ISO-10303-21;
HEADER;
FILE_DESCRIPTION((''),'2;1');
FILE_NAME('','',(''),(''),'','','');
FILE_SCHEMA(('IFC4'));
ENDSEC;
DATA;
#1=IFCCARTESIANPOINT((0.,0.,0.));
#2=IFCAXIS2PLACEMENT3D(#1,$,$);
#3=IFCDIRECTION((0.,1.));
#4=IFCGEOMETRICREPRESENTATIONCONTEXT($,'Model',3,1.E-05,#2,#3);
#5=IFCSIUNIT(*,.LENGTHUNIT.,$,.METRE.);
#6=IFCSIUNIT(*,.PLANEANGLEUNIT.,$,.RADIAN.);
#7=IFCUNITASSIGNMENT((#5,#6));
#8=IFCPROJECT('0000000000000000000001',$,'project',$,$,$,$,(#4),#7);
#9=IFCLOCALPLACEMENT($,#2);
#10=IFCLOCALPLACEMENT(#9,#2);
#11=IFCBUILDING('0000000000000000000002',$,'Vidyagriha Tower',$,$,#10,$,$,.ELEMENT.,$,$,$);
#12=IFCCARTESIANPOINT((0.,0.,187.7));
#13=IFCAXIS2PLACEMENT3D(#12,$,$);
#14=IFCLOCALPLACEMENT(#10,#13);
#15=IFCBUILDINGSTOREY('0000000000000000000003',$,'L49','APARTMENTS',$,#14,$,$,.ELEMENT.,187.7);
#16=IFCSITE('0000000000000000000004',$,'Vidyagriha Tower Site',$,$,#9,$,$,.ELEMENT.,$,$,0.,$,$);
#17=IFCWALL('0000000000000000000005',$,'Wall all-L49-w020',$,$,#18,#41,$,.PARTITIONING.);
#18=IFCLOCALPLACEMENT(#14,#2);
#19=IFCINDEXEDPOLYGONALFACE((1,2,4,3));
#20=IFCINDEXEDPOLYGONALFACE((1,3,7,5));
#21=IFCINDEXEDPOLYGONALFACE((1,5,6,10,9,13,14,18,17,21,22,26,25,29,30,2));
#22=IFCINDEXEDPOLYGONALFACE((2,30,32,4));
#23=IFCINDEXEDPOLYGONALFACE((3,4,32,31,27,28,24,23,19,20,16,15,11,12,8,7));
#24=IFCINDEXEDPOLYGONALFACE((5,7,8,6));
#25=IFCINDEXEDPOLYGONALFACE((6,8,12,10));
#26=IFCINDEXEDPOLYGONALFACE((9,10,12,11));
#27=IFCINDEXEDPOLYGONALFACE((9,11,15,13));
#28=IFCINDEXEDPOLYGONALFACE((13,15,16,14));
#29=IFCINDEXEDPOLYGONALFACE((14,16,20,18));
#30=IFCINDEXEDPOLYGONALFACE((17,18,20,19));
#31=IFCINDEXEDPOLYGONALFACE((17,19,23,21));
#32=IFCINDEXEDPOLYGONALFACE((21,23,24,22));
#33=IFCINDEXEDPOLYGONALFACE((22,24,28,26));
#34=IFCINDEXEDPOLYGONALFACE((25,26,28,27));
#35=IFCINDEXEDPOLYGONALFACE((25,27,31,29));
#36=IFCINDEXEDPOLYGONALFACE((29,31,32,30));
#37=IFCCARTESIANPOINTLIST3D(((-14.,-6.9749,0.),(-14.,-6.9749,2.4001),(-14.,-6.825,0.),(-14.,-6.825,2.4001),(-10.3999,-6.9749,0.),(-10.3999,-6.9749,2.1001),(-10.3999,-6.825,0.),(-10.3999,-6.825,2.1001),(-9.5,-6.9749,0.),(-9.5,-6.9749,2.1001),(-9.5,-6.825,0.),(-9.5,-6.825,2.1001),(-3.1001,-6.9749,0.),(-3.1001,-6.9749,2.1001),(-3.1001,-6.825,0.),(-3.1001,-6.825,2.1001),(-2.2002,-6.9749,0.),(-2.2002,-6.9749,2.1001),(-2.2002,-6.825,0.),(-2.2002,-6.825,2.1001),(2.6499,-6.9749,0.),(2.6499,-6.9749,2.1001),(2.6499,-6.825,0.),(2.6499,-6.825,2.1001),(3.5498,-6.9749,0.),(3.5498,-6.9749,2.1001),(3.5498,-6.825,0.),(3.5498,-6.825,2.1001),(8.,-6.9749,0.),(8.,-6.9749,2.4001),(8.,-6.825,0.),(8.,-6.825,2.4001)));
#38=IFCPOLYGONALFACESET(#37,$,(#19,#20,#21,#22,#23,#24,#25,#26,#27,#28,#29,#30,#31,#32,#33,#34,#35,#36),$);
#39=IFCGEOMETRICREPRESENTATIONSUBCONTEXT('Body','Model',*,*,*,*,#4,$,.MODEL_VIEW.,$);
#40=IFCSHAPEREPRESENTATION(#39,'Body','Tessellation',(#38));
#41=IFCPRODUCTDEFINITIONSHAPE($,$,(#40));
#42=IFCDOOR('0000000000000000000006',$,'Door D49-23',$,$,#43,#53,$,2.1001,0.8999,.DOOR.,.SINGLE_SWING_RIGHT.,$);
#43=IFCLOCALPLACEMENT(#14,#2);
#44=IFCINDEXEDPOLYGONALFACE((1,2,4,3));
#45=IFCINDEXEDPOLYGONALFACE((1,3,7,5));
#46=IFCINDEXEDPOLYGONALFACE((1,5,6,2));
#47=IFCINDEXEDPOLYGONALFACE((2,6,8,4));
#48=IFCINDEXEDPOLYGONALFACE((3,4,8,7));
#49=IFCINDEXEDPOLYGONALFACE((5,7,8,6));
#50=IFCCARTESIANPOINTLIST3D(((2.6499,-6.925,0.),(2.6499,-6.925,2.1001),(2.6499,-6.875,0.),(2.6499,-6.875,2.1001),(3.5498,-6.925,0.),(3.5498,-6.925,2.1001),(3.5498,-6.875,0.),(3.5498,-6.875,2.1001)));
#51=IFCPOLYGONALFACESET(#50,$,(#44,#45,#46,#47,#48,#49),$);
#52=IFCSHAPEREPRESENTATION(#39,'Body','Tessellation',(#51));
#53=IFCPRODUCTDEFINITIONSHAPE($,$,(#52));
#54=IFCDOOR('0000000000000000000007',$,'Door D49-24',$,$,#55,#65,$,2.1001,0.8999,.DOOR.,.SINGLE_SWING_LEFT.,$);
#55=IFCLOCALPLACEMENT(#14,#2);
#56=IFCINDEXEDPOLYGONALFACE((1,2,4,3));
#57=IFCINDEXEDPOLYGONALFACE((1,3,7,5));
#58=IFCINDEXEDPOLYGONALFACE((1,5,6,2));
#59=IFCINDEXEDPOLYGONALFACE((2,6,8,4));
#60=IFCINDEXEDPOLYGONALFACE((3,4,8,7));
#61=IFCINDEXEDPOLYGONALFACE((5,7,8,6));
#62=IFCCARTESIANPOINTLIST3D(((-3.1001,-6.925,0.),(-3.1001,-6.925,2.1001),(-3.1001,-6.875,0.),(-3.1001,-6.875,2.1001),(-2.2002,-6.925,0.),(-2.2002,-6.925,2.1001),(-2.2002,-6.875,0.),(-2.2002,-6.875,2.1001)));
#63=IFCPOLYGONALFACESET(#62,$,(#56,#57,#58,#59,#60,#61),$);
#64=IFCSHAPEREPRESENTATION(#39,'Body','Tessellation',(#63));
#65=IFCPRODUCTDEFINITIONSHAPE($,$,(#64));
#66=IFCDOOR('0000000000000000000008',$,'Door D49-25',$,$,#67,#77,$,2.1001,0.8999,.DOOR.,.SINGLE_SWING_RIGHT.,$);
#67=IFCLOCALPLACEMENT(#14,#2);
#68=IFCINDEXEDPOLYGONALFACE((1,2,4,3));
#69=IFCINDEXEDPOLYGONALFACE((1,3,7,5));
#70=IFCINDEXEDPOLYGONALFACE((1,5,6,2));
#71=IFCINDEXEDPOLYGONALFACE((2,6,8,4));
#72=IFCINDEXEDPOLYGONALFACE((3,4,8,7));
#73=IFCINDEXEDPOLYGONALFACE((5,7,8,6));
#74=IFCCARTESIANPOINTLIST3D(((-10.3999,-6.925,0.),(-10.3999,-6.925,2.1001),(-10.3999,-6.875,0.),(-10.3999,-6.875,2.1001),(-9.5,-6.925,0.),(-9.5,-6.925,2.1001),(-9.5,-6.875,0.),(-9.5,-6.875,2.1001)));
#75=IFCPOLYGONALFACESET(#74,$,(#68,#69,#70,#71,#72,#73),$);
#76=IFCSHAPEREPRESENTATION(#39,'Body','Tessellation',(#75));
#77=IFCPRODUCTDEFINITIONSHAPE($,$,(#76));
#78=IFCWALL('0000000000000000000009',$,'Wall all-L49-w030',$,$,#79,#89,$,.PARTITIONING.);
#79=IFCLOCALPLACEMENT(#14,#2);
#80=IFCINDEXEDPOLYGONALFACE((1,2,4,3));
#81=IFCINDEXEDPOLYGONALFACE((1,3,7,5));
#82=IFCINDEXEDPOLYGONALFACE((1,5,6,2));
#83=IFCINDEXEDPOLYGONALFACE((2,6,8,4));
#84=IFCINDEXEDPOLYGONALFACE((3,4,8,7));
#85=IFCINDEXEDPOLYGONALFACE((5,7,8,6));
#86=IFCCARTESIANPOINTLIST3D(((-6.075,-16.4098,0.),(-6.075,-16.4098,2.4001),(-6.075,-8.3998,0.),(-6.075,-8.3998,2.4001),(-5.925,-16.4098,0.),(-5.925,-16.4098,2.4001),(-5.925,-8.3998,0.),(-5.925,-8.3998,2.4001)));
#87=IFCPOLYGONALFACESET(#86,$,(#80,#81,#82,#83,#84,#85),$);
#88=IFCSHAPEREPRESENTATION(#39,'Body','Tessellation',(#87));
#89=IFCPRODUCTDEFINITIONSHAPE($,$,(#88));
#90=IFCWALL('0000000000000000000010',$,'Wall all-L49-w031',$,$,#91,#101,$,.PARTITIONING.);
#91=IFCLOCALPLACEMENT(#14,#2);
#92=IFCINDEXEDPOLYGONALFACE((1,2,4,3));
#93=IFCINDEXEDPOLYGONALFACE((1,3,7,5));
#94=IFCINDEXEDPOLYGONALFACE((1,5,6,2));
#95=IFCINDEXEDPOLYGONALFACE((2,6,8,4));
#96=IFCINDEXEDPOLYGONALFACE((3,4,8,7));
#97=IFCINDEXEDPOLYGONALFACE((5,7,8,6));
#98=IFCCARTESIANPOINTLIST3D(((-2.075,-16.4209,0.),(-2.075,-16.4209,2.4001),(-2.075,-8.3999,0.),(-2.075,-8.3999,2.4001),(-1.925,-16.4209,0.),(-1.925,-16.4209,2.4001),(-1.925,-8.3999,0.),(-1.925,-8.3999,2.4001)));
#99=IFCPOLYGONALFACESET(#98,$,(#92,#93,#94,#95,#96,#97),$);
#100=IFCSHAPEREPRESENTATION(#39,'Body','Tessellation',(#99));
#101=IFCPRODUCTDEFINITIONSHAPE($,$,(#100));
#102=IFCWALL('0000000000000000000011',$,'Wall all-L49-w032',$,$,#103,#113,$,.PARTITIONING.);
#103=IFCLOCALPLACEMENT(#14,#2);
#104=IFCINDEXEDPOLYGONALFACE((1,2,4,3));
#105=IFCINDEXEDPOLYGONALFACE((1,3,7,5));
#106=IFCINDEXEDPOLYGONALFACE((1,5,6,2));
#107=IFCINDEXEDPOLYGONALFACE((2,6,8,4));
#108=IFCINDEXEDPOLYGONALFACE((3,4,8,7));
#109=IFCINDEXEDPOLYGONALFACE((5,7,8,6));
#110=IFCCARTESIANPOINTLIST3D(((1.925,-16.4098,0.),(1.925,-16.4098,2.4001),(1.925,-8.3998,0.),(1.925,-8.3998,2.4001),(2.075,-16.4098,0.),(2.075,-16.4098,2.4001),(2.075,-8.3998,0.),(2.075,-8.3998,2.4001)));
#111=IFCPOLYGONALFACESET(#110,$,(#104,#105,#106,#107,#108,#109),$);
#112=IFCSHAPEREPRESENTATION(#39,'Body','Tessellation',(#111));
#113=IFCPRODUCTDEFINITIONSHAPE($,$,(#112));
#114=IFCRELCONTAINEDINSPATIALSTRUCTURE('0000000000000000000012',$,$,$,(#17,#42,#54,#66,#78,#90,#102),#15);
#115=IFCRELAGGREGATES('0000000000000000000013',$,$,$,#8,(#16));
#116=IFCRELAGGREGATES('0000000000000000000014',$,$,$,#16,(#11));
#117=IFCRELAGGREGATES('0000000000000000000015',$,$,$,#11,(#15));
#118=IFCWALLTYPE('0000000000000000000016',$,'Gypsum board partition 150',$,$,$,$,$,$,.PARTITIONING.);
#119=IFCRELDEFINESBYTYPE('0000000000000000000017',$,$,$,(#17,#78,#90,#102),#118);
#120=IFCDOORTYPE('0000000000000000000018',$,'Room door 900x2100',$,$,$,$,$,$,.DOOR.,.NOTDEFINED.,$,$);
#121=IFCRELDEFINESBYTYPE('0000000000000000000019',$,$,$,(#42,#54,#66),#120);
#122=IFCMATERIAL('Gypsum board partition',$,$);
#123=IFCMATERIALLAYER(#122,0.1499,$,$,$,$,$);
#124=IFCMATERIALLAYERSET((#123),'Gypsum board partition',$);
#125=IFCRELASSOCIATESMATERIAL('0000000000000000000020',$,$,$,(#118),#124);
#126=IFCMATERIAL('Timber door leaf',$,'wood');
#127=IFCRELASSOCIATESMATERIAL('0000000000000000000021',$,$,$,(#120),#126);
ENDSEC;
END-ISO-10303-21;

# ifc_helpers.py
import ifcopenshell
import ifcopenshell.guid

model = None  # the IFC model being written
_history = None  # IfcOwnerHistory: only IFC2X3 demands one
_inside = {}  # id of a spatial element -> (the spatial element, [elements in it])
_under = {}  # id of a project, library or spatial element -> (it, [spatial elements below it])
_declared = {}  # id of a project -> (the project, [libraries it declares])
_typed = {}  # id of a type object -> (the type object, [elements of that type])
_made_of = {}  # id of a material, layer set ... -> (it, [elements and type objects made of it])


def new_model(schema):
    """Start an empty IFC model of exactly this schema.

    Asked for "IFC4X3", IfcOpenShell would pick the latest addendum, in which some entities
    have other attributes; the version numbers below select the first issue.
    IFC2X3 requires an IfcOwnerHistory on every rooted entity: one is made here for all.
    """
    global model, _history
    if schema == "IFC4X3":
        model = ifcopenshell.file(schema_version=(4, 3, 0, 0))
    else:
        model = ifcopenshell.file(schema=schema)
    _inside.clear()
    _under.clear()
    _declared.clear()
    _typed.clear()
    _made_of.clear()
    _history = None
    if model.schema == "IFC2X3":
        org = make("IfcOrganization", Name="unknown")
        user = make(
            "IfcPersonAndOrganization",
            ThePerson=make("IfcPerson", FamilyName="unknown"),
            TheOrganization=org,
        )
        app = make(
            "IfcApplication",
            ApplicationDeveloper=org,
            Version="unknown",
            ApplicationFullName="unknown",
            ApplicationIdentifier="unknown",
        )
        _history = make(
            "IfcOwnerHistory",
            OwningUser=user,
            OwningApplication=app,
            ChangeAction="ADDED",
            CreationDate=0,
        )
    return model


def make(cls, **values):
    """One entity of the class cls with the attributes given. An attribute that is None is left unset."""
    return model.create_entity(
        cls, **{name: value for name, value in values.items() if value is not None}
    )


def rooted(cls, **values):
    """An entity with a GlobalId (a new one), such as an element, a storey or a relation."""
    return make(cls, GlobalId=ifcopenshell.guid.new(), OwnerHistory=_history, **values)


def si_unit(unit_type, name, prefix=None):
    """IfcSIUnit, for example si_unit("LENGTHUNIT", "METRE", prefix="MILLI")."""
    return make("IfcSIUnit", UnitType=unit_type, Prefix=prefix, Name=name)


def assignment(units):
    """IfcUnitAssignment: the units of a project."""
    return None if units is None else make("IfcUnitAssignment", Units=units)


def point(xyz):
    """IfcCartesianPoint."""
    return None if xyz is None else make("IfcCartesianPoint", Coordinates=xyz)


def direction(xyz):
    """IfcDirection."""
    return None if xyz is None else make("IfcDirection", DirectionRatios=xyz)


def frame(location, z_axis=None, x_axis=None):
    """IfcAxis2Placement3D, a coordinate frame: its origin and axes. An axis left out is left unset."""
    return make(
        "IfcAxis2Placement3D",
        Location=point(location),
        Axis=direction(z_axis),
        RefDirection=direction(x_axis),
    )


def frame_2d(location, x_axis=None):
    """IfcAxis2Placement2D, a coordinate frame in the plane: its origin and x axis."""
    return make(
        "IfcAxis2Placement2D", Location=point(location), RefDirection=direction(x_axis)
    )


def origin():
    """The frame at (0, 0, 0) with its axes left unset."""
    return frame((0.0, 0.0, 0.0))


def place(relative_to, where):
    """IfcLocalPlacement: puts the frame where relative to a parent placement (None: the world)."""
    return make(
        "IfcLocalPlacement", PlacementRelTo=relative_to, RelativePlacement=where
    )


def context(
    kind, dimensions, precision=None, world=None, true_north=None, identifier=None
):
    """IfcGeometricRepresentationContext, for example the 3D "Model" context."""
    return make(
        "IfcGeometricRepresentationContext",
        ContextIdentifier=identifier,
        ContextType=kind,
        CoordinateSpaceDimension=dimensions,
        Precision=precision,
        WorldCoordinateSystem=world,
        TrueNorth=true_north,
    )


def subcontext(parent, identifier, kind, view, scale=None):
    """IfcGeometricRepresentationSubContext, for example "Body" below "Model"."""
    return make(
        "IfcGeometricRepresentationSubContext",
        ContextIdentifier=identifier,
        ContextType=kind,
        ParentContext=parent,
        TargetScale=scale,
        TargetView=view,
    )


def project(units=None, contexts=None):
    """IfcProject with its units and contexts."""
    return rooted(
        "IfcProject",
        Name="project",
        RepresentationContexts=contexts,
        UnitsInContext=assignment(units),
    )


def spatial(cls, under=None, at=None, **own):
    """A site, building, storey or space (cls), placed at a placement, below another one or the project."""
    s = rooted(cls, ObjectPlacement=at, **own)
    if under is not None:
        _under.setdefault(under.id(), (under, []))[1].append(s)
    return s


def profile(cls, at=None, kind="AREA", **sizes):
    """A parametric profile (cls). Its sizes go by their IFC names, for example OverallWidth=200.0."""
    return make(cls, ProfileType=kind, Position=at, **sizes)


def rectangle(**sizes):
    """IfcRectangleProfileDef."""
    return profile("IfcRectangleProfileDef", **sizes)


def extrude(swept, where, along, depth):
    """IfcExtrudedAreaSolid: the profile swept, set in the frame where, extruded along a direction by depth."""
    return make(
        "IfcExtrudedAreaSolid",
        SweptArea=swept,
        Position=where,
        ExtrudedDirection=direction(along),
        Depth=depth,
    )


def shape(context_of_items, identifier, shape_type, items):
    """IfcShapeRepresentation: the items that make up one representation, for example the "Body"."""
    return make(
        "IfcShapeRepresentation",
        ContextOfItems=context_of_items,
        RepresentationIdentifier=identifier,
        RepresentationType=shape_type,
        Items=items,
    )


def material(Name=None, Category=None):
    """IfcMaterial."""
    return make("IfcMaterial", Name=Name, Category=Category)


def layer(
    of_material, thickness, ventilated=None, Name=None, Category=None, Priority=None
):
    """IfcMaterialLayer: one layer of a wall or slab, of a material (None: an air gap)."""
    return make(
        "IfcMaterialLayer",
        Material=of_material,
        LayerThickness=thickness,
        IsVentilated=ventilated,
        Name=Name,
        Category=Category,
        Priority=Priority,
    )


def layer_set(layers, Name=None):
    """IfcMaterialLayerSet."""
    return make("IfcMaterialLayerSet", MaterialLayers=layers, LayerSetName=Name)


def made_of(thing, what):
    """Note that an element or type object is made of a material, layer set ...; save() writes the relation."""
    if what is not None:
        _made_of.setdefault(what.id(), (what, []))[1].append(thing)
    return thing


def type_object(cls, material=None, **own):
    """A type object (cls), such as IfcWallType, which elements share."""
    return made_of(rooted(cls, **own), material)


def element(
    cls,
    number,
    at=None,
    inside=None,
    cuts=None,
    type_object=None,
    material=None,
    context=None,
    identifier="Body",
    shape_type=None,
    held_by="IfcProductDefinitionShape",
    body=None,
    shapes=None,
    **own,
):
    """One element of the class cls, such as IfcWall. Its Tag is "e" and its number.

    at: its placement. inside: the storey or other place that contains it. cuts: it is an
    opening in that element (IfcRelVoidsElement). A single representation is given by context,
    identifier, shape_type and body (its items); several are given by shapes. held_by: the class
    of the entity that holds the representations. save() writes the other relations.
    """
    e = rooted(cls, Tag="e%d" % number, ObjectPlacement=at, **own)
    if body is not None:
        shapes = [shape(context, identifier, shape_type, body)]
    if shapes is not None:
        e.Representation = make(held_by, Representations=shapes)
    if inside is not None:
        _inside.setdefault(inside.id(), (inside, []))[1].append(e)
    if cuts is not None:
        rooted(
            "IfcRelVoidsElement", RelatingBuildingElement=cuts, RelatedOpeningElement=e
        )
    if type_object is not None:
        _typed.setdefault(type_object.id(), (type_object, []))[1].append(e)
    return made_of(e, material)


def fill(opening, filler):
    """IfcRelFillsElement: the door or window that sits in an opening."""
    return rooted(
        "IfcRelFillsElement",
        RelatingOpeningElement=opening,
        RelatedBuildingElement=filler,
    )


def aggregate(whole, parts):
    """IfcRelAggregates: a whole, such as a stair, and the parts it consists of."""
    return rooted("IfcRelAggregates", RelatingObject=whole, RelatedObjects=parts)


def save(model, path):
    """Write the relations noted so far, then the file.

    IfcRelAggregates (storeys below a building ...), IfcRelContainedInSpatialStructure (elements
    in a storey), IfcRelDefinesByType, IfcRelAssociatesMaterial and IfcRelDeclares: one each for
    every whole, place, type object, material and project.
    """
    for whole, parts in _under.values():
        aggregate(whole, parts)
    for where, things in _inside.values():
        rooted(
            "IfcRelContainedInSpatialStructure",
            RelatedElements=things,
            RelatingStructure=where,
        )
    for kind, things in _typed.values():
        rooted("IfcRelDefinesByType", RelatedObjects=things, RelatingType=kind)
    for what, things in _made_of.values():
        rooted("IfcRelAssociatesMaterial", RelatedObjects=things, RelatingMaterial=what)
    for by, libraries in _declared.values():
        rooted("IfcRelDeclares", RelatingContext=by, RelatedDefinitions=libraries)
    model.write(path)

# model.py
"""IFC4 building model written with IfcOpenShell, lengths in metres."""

from ifc_helpers import new_model, si_unit, direction, frame, frame_2d, origin, place, context, subcontext, project, spatial, rectangle, extrude, material, layer, layer_set, type_object, element, fill, save


model = new_model("IFC4")

# Units and contexts
model_context = context("Model", 3, precision=1e-05, world=origin(), true_north=direction((0.0, 1.0)))
body_context = subcontext(model_context, "Body", "Model", "MODEL_VIEW")
ifc_project = project(units=[si_unit("LENGTHUNIT", "METRE"), si_unit("PLANEANGLEUNIT", "RADIAN")], contexts=[model_context])

# Site, building, storey
site_placement = place(None, origin())
site = spatial("IfcSite", under=ifc_project, at=site_placement, Name="Vidyagriha Tower Site", CompositionType="ELEMENT", RefElevation=0.0)
building_placement = place(site_placement, origin())
building = spatial("IfcBuilding", under=site, at=building_placement, Name="Vidyagriha Tower", CompositionType="ELEMENT")
storey_placement = place(building_placement, frame((0.0, 0.0, 187.7)))
storey = spatial("IfcBuildingStorey", under=building, at=storey_placement, Name="L49", Description="APARTMENTS", CompositionType="ELEMENT", Elevation=187.7)

# Shared definitions
ifc_material_1 = material(Name="Gypsum board partition")
ifc_layer_1 = layer(ifc_material_1, 0.1499)
ifc_layer_set_1 = layer_set([ifc_layer_1], Name="Gypsum board partition")
wall_type_1 = type_object("IfcWallType", Name="Gypsum board partition 150", PredefinedType="PARTITIONING", material=ifc_layer_set_1)

# Wall, openings, doors
wall_1_placement = place(storey_placement, frame((-14.0, -6.8999, 0.0)))
wall_1 = element("IfcWall", 1, at=wall_1_placement, inside=storey, type_object=wall_type_1, Name="Wall all-L49-w020", PredefinedType="PARTITIONING", context=body_context, shape_type="SweptSolid", body=[
    extrude(rectangle(XDim=22.0, YDim=0.1499, at=frame_2d((11.0, 0.0))), origin(), (0.0, 0.0, 1.0), 2.4001),
])
opening_1_placement = place(wall_1_placement, frame((16.6499, 0.0, 0.0)))
opening_1 = element("IfcOpeningElement", 2, at=opening_1_placement, cuts=wall_1, PredefinedType="OPENING", context=body_context, shape_type="SweptSolid", body=[
    extrude(rectangle(XDim=0.8999, YDim=2.1001, at=frame_2d((0.45, 1.05))), frame((0.0, 0.085, 0.0), z_axis=(0.0, -1.0, 0.0), x_axis=(1.0, 0.0, 0.0)), (0.0, 0.0, 1.0), 0.1699),
])
opening_2_placement = place(wall_1_placement, frame((10.8999, 0.0, 0.0)))
opening_2 = element("IfcOpeningElement", 3, at=opening_2_placement, cuts=wall_1, PredefinedType="OPENING", context=body_context, shape_type="SweptSolid", body=[
    extrude(rectangle(XDim=0.8999, YDim=2.1001, at=frame_2d((0.45, 1.05))), frame((0.0, 0.085, 0.0), z_axis=(0.0, -1.0, 0.0), x_axis=(1.0, 0.0, 0.0)), (0.0, 0.0, 1.0), 0.1699),
])
opening_3_placement = place(wall_1_placement, frame((3.6001, 0.0, 0.0)))
opening_3 = element("IfcOpeningElement", 4, at=opening_3_placement, cuts=wall_1, PredefinedType="OPENING", context=body_context, shape_type="SweptSolid", body=[
    extrude(rectangle(XDim=0.8999, YDim=2.1001, at=frame_2d((0.45, 1.05))), frame((0.0, 0.085, 0.0), z_axis=(0.0, -1.0, 0.0), x_axis=(1.0, 0.0, 0.0)), (0.0, 0.0, 1.0), 0.1699),
])
ifc_material_2 = material(Name="Timber door leaf", Category="wood")
door_type_1 = type_object("IfcDoorType", Name="Room door 900x2100", OperationType="NOTDEFINED", PredefinedType="DOOR", material=ifc_material_2)
door_1_placement = place(opening_1_placement, origin())
door_1 = element("IfcDoor", 5, at=door_1_placement, inside=storey, type_object=door_type_1, Name="Door D49-23", OperationType="SINGLE_SWING_RIGHT", OverallHeight=2.1001, OverallWidth=0.8999, PredefinedType="DOOR", context=body_context, shape_type="SweptSolid", body=[
    extrude(rectangle(XDim=0.8999, YDim=2.1001, at=frame_2d((0.45, 1.05))), frame((0.0, 0.0249, 0.0), z_axis=(0.0, -1.0, 0.0), x_axis=(1.0, 0.0, 0.0)), (0.0, 0.0, 1.0), 0.05),
])
fill(opening_1, door_1)
door_2_placement = place(opening_2_placement, origin())
door_2 = element("IfcDoor", 6, at=door_2_placement, inside=storey, type_object=door_type_1, Name="Door D49-24", OperationType="SINGLE_SWING_LEFT", OverallHeight=2.1001, OverallWidth=0.8999, PredefinedType="DOOR", context=body_context, shape_type="SweptSolid", body=[
    extrude(rectangle(XDim=0.8999, YDim=2.1001, at=frame_2d((0.45, 1.05))), frame((0.0, 0.0249, 0.0), z_axis=(0.0, -1.0, 0.0), x_axis=(1.0, 0.0, 0.0)), (0.0, 0.0, 1.0), 0.05),
])
fill(opening_2, door_2)
door_3_placement = place(opening_3_placement, origin())
door_3 = element("IfcDoor", 7, at=door_3_placement, inside=storey, type_object=door_type_1, Name="Door D49-25", OperationType="SINGLE_SWING_RIGHT", OverallHeight=2.1001, OverallWidth=0.8999, PredefinedType="DOOR", context=body_context, shape_type="SweptSolid", body=[
    extrude(rectangle(XDim=0.8999, YDim=2.1001, at=frame_2d((0.45, 1.05))), frame((0.0, 0.0249, 0.0), z_axis=(0.0, -1.0, 0.0), x_axis=(1.0, 0.0, 0.0)), (0.0, 0.0, 1.0), 0.05),
])
fill(opening_3, door_3)

# Walls
wall_2_placement = place(storey_placement, frame((-6.0, -8.3999, 0.0), z_axis=(0.0, 0.0, 1.0), x_axis=(0.0, -1.0, 0.0)))
element("IfcWall", 8, at=wall_2_placement, inside=storey, type_object=wall_type_1, Name="Wall all-L49-w030", PredefinedType="PARTITIONING", context=body_context, shape_type="SweptSolid", body=[
    extrude(rectangle(XDim=8.01, YDim=0.1499, at=frame_2d((4.0049, 0.0))), origin(), (0.0, 0.0, 1.0), 2.4001),
])
wall_3_placement = place(storey_placement, frame((-2.0, -8.3999, 0.0), z_axis=(0.0, 0.0, 1.0), x_axis=(0.0, -1.0, 0.0)))
element("IfcWall", 9, at=wall_3_placement, inside=storey, type_object=wall_type_1, Name="Wall all-L49-w031", PredefinedType="PARTITIONING", context=body_context, shape_type="SweptSolid", body=[
    extrude(rectangle(XDim=8.021, YDim=0.1499, at=frame_2d((4.0105, 0.0))), origin(), (0.0, 0.0, 1.0), 2.4001),
])
wall_4_placement = place(storey_placement, frame((2.0, -8.3999, 0.0), z_axis=(0.0, 0.0, 1.0), x_axis=(0.0, -1.0, 0.0)))
element("IfcWall", 10, at=wall_4_placement, inside=storey, type_object=wall_type_1, Name="Wall all-L49-w032", PredefinedType="PARTITIONING", context=body_context, shape_type="SweptSolid", body=[
    extrude(rectangle(XDim=8.01, YDim=0.1499, at=frame_2d((4.0049, 0.0))), origin(), (0.0, 0.0, 1.0), 2.4001),
])

save(model, "model.ifc")
